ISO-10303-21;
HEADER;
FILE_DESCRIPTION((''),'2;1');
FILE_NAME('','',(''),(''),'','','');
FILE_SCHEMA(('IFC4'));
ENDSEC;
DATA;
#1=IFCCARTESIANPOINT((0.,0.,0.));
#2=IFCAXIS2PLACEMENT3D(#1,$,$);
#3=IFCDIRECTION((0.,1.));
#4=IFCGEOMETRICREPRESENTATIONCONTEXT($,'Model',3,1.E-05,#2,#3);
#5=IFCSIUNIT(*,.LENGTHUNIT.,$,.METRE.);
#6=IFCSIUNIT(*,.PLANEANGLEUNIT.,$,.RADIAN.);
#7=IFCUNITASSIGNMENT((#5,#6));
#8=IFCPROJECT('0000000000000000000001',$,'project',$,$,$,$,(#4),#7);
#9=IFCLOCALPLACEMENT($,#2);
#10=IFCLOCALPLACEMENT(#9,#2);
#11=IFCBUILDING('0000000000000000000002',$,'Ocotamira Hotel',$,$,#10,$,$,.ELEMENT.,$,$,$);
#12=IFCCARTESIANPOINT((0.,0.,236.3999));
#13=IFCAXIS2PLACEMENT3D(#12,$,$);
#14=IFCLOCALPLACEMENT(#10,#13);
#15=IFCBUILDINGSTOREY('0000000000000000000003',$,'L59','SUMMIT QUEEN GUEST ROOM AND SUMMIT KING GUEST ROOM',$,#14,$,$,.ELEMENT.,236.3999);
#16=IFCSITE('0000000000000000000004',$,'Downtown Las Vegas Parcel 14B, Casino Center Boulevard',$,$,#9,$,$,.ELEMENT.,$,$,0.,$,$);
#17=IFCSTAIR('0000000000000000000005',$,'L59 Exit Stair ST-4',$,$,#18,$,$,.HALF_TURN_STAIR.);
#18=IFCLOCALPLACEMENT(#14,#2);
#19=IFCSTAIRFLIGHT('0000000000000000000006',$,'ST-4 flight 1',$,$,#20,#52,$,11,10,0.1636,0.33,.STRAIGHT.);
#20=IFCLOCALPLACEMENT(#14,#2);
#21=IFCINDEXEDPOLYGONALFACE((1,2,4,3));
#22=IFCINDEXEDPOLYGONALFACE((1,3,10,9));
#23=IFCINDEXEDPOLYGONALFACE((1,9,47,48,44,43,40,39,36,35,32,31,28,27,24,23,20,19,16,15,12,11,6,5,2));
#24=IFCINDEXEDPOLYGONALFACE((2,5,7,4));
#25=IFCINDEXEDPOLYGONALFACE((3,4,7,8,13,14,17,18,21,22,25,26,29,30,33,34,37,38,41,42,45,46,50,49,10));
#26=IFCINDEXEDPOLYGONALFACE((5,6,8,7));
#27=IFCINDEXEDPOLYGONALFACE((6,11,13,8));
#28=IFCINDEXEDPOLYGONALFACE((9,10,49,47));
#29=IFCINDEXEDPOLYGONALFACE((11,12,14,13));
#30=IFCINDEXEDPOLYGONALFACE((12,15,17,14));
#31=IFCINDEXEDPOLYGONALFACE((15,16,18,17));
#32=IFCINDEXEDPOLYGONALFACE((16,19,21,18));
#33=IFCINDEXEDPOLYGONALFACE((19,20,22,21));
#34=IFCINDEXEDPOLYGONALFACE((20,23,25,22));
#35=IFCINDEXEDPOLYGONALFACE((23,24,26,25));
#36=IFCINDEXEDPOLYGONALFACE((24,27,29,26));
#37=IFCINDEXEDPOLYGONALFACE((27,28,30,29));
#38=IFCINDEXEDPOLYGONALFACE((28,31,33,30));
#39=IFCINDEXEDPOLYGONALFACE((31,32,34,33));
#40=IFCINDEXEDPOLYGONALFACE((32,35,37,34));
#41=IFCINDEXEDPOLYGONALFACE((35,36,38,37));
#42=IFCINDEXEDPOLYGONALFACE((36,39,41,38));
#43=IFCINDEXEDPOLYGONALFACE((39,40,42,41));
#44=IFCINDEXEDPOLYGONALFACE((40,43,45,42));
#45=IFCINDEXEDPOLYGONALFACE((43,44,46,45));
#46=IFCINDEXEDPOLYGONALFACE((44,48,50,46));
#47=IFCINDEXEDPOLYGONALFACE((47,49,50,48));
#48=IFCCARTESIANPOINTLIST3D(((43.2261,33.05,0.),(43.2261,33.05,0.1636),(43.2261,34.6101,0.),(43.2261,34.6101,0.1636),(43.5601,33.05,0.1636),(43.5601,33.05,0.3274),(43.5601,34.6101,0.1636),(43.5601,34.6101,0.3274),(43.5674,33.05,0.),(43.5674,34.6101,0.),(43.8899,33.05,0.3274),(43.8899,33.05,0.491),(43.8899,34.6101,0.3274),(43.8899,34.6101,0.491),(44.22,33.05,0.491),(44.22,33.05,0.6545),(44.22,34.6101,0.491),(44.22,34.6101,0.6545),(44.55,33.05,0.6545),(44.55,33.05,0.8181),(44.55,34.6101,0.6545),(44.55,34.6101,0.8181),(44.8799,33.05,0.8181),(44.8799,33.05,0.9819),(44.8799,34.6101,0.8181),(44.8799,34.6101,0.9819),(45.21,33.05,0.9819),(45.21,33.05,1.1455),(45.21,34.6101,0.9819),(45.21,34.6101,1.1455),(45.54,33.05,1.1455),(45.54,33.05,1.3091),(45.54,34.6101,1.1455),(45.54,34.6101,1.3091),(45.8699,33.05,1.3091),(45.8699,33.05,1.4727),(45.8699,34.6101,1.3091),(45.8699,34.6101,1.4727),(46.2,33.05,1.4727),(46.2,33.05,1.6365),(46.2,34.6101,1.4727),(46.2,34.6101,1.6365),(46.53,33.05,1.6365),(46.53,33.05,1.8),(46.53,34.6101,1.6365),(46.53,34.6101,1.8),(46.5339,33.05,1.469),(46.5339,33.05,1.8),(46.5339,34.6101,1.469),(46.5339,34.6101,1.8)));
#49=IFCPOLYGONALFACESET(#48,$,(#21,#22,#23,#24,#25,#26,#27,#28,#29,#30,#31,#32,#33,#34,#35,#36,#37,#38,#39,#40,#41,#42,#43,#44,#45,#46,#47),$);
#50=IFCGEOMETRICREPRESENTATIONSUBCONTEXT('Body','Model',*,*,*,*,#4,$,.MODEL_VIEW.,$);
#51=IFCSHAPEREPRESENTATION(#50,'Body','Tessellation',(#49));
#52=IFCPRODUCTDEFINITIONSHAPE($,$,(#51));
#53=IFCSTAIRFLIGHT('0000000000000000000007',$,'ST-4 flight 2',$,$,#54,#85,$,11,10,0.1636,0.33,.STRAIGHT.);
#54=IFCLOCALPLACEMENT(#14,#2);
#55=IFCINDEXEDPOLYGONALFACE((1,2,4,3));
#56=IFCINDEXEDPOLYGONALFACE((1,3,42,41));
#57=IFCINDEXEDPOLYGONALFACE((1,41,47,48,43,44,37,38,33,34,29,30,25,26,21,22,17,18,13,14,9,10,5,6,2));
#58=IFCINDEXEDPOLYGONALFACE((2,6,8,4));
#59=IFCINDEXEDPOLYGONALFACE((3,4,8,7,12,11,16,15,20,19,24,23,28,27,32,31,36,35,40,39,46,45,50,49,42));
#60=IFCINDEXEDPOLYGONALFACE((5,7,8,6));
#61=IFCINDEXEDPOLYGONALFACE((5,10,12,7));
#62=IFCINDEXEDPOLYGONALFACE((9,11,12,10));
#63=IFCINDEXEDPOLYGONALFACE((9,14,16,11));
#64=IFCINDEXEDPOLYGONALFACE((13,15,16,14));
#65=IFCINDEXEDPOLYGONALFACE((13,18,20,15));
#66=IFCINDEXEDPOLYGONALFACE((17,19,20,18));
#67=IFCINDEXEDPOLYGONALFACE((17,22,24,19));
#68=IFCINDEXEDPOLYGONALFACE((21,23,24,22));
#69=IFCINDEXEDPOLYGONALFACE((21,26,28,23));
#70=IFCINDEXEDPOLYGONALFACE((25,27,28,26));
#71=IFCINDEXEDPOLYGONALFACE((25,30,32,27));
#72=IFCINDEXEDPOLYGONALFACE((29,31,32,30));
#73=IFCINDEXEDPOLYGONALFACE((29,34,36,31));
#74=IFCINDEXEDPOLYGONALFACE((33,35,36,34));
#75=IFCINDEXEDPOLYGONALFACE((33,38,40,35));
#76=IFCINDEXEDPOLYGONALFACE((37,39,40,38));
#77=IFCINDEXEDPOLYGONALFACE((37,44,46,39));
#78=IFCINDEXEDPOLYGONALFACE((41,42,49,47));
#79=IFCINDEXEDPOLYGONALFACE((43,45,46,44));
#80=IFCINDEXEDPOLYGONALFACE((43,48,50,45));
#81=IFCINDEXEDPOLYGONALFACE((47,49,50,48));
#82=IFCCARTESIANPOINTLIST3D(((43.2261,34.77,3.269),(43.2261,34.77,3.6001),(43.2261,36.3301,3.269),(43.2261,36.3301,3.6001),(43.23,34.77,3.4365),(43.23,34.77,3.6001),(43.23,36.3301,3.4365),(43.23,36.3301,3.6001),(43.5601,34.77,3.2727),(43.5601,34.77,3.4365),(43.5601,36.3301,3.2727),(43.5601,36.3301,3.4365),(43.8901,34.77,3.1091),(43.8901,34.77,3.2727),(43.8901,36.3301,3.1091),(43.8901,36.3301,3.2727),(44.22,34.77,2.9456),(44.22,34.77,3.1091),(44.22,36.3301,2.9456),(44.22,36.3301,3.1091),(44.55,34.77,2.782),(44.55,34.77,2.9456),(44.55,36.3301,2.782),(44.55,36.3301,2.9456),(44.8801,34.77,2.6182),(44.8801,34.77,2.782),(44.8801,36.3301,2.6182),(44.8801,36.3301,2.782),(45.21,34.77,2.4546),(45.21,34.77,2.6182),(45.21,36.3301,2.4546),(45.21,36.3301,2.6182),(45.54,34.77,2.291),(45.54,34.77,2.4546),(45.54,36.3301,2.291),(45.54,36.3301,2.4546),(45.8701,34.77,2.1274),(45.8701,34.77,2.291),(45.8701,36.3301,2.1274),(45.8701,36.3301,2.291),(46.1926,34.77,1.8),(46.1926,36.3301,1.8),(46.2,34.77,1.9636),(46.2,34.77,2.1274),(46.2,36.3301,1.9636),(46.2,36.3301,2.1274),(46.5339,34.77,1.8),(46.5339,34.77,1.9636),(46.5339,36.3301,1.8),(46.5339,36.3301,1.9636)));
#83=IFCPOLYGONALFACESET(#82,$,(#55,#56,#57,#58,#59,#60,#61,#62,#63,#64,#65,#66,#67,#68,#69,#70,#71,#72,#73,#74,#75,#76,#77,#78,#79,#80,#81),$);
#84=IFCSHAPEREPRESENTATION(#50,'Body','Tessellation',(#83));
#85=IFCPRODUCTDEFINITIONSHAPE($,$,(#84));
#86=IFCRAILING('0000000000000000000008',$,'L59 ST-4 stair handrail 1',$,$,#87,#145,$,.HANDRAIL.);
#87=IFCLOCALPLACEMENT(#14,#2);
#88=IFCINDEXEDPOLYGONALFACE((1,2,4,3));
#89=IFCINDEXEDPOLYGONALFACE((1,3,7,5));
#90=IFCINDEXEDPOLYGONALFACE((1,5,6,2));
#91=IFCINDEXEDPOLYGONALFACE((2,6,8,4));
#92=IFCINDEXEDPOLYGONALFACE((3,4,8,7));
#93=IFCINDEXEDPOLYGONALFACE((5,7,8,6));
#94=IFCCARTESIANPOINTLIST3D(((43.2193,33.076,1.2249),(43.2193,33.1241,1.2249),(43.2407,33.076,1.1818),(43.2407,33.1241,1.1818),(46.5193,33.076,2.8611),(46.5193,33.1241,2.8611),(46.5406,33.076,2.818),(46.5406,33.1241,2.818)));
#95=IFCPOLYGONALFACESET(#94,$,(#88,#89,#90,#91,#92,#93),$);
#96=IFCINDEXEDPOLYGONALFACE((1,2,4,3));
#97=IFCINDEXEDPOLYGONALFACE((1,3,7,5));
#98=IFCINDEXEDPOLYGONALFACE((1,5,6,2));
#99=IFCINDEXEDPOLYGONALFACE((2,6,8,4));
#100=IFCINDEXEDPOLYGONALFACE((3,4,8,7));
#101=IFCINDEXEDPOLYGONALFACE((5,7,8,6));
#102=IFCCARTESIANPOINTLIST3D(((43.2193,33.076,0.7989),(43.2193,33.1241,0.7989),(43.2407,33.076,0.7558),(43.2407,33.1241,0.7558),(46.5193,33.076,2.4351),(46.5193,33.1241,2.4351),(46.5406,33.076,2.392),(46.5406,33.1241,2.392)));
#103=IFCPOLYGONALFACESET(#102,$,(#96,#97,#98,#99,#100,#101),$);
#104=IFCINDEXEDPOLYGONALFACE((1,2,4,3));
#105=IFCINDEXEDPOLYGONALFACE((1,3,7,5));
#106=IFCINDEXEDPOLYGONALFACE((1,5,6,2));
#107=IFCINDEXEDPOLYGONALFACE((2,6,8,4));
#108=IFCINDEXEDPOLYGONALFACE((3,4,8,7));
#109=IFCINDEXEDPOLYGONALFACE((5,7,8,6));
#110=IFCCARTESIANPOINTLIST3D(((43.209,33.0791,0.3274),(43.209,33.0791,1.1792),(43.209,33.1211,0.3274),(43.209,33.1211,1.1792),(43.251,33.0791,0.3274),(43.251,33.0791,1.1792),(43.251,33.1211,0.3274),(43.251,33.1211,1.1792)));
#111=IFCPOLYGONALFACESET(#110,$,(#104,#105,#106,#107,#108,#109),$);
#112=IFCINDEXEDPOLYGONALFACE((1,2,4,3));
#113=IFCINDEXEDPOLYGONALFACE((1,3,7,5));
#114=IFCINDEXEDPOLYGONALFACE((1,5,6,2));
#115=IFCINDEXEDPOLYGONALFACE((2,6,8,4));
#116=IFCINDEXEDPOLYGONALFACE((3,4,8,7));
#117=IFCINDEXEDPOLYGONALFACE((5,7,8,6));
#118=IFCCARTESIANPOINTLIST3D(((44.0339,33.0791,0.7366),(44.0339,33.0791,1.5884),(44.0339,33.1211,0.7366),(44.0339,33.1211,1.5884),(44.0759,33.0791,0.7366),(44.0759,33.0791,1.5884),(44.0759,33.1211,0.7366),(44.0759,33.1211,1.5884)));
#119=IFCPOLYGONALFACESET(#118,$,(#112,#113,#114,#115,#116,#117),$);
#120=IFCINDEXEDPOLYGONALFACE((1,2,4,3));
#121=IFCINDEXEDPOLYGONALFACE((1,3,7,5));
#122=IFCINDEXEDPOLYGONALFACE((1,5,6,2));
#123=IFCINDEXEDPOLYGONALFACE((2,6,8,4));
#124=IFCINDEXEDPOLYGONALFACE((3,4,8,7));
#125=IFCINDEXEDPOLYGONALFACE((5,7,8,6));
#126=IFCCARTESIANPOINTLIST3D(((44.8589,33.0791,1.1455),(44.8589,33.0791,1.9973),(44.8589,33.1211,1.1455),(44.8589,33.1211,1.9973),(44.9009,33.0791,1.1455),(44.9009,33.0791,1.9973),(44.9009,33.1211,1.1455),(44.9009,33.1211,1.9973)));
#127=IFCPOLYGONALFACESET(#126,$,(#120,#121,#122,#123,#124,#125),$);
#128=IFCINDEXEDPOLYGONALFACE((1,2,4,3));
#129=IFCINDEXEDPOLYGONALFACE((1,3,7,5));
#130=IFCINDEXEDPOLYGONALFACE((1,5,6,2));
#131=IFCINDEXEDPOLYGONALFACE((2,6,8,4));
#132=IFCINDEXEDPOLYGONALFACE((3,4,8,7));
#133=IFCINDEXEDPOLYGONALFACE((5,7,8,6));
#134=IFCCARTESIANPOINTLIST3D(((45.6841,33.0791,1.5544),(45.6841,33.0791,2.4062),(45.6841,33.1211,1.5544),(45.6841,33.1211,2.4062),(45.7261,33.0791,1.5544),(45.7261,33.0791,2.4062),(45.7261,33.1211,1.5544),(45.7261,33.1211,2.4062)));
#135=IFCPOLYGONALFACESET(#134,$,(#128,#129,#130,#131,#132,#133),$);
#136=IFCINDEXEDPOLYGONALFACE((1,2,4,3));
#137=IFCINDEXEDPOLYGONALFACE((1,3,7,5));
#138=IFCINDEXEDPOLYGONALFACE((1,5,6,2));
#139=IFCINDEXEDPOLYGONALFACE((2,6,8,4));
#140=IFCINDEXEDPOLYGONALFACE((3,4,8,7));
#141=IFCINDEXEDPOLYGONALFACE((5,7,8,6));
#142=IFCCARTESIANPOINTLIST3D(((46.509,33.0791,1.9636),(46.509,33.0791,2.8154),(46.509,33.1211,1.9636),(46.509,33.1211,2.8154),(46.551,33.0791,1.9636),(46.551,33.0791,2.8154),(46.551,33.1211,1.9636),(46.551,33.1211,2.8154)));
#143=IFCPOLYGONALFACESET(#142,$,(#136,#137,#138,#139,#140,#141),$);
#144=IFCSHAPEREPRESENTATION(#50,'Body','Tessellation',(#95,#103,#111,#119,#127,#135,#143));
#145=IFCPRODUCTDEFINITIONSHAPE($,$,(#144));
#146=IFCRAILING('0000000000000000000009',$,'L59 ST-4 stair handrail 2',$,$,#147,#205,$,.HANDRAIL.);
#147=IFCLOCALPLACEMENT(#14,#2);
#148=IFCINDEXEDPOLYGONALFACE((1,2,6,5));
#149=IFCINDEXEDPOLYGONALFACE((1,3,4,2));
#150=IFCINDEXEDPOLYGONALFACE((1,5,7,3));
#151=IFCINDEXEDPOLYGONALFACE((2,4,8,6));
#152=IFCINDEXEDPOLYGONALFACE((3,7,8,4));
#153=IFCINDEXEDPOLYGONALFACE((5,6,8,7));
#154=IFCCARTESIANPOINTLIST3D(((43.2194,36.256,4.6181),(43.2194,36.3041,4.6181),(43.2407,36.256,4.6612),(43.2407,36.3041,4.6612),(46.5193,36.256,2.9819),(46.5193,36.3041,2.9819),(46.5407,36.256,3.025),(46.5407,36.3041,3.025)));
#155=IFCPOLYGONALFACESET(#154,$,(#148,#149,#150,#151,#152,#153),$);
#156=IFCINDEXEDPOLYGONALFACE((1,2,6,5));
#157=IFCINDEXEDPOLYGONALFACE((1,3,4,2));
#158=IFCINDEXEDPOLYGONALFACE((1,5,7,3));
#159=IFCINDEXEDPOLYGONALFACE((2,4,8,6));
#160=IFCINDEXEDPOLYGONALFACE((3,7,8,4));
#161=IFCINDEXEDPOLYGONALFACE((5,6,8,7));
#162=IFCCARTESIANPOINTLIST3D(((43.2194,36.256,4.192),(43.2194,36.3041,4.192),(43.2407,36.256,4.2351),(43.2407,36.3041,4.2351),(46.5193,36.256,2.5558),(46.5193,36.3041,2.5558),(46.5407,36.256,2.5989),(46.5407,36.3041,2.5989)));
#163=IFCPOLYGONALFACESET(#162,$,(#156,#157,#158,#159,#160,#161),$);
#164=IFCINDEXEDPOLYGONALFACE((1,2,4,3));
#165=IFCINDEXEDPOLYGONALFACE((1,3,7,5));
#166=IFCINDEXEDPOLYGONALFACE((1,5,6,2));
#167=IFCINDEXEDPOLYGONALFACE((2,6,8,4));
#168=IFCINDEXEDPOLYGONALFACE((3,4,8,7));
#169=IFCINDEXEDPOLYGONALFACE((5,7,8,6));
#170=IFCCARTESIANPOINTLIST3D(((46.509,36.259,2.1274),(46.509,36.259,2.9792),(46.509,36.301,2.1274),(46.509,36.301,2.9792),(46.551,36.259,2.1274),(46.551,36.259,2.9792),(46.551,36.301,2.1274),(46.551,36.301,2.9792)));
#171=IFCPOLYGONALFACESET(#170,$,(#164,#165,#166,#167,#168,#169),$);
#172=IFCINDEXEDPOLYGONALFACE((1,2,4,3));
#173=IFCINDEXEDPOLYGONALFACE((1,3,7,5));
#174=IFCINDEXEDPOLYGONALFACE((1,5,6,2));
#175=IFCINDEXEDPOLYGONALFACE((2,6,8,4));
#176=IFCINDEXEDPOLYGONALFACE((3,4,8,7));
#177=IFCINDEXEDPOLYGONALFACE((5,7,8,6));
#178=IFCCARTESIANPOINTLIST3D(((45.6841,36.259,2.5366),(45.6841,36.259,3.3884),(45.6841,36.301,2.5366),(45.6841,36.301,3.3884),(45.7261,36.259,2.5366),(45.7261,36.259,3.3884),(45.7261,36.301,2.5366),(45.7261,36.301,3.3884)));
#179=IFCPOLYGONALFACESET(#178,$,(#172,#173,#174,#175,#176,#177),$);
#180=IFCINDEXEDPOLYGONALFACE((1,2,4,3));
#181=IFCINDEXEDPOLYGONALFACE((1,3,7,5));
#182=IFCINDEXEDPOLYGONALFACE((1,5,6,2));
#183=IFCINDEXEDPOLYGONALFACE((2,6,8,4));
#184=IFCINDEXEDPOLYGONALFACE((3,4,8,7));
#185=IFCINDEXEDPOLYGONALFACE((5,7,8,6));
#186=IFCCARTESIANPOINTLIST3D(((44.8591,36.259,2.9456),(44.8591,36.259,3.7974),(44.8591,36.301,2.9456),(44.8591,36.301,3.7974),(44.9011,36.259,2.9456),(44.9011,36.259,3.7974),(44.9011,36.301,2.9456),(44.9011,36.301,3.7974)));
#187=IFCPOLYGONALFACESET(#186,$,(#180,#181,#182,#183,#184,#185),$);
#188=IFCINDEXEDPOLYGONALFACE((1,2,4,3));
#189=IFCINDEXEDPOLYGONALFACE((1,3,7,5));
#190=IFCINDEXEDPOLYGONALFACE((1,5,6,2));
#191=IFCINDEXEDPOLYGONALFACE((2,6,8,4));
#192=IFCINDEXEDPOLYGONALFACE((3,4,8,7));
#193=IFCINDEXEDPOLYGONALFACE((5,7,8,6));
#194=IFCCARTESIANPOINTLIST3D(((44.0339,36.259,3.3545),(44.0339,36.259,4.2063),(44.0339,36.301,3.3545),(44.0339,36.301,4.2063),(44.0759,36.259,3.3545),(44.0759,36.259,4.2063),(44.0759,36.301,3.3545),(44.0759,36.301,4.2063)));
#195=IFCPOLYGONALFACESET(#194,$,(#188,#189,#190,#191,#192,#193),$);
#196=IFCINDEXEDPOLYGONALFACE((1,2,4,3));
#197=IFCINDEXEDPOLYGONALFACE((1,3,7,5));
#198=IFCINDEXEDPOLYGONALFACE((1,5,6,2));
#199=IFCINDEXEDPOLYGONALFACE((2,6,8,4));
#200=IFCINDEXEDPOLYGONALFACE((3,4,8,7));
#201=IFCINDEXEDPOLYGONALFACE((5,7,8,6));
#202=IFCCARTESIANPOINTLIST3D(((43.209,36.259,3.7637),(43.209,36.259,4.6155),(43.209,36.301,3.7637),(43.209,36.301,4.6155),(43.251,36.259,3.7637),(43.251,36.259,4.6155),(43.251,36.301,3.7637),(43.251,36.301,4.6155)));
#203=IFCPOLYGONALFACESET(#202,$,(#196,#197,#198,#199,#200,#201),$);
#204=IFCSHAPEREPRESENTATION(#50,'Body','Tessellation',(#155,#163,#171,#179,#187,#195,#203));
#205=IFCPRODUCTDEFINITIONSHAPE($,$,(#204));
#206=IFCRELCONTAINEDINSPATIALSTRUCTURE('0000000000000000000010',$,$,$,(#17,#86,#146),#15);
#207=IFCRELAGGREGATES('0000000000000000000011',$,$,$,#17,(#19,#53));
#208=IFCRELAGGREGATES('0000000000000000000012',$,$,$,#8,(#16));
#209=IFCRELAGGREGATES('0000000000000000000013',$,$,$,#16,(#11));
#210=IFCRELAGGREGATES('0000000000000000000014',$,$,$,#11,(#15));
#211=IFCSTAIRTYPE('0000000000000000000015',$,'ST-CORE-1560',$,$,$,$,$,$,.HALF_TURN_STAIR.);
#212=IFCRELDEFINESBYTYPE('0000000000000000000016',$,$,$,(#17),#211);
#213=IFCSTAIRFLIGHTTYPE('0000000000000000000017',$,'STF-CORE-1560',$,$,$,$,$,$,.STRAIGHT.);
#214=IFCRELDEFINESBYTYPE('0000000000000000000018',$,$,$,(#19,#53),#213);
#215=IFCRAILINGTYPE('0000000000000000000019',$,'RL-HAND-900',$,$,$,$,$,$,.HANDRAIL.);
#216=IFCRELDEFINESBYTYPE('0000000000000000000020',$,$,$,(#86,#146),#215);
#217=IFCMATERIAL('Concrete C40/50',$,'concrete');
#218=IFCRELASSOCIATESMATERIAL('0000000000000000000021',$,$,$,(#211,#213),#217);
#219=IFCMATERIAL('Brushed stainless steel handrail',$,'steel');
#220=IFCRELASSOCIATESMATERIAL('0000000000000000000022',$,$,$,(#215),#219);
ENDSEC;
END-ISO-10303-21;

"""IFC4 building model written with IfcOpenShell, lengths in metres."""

from ifc_helpers import new_model, si_unit, direction, frame, origin, origin_2d, place, context, subcontext, project, spatial, polyline, rectangle, outline, extrude, source, transform, mapped, material, type_object, element, aggregate, save


model = new_model("IFC4")

# Units and contexts
model_context = context("Model", 3, precision=1e-05, world=origin(), true_north=direction((0.0, 1.0)))
body_context = subcontext(model_context, "Body", "Model", "MODEL_VIEW")
ifc_project = project(units=[si_unit("LENGTHUNIT", "METRE"), si_unit("PLANEANGLEUNIT", "RADIAN")], contexts=[model_context])

# Site, building, storey
site_placement = place(None, origin())
site = spatial("IfcSite", under=ifc_project, at=site_placement, Name="Downtown Las Vegas Parcel 14B, Casino Center Boulevard", CompositionType="ELEMENT", RefElevation=0.0)
building_placement = place(site_placement, origin())
building = spatial("IfcBuilding", under=site, at=building_placement, Name="Ocotamira Hotel", CompositionType="ELEMENT")
storey_placement = place(building_placement, frame((0.0, 0.0, 236.3999)))
storey = spatial("IfcBuildingStorey", under=building, at=storey_placement, Name="L59", Description="SUMMIT QUEEN GUEST ROOM AND SUMMIT KING GUEST ROOM", CompositionType="ELEMENT", Elevation=236.3999)

# Stair, stair flights
ifc_material_1 = material(Name="Concrete C40/50", Category="concrete")
stair_type = type_object("IfcStairType", Name="ST-CORE-1560", PredefinedType="HALF_TURN_STAIR", material=ifc_material_1)
stair_placement = place(storey_placement, origin())
stair = element("IfcStair", 1, at=stair_placement, inside=storey, type_object=stair_type, Name="L59 Exit Stair ST-4", PredefinedType="HALF_TURN_STAIR")
stair_flight_type = type_object("IfcStairFlightType", Name="STF-CORE-1560", PredefinedType="STRAIGHT", material=ifc_material_1)
shared_shape_1 = source(origin(), body_context, "Body", "SweptSolid", [
    extrude(outline(polyline([(-0.0039, 0.0), (-0.0039, 0.1636), (0.3301, 0.1636), (0.3301, 0.3274), (0.6599, 0.3274), (0.6599, 0.491), (0.99, 0.491), (0.99, 0.6545), (1.3201, 0.6545), (1.3201, 0.8181), (1.6499, 0.8181), (1.6499, 0.9819), (1.98, 0.9819), (1.98, 1.1455), (2.3101, 1.1455), (2.3101, 1.3091), (2.6399, 1.3091), (2.6399, 1.4727), (2.97, 1.4727), (2.97, 1.6365), (3.3, 1.6365), (3.3, 1.8), (3.304, 1.8), (3.304, 1.469), (0.3374, 0.0), (-0.0039, 0.0)])), frame((0.0, 0.78, 0.0), z_axis=(0.0, -1.0, 0.0), x_axis=(1.0, 0.0, 0.0)), (0.0, 0.0, 1.0), 1.5601),
])
stair_flight_1_placement = place(storey_placement, frame((43.23, 33.8301, 0.0), z_axis=(0.0, 0.0, 1.0), x_axis=(1.0, 0.0, 0.0)))
stair_flight_1 = element("IfcStairFlight", 2, at=stair_flight_1_placement, type_object=stair_flight_type, Name="ST-4 flight 1", NumberOfRisers=11, NumberOfTreads=10, PredefinedType="STRAIGHT", RiserHeight=0.1636, TreadLength=0.33, context=body_context, shape_type="MappedRepresentation", body=[
    mapped(shared_shape_1, transform((0.0, 0.0, 0.0), scale=1.0)),
])
stair_flight_2_placement = place(storey_placement, frame((46.53, 35.55, 1.8), z_axis=(0.0, 0.0, 1.0), x_axis=(-1.0, 0.0, 0.0)))
stair_flight_2 = element("IfcStairFlight", 3, at=stair_flight_2_placement, type_object=stair_flight_type, Name="ST-4 flight 2", NumberOfRisers=11, NumberOfTreads=10, PredefinedType="STRAIGHT", RiserHeight=0.1636, TreadLength=0.33, context=body_context, shape_type="MappedRepresentation", body=[
    mapped(shared_shape_1, transform((0.0, 0.0, 0.0), scale=1.0)),
])
aggregate(stair, [stair_flight_1, stair_flight_2])

# Railings
ifc_material_2 = material(Name="Brushed stainless steel handrail", Category="steel")
railing_type_1 = type_object("IfcRailingType", Name="RL-HAND-900", PredefinedType="HANDRAIL", material=ifc_material_2)
railing_1_placement = place(storey_placement, frame((43.23, 33.1001, 0.3274)))
element("IfcRailing", 4, at=railing_1_placement, inside=storey, type_object=railing_type_1, Name="L59 ST-4 stair handrail 1", PredefinedType="HANDRAIL", context=body_context, shape_type="SweptSolid", body=[
    extrude(rectangle(XDim=0.0481, YDim=0.0481, at=origin_2d()), frame((0.0, 0.0, 0.876), z_axis=(0.89592, 0.0, 0.444215), x_axis=(0.0, 1.0, 0.0)), (0.0, 0.0, 1.0), 3.6833),
    extrude(rectangle(XDim=0.0481, YDim=0.0481, at=origin_2d()), frame((0.0, 0.0, 0.45), z_axis=(0.89592, 0.0, 0.444215), x_axis=(0.0, 1.0, 0.0)), (0.0, 0.0, 1.0), 3.6833),
    extrude(rectangle(XDim=0.042, YDim=0.042, at=origin_2d()), origin(), (0.0, 0.0, 1.0), 0.8518),
    extrude(rectangle(XDim=0.042, YDim=0.042, at=origin_2d()), frame((0.825, 0.0, 0.4092)), (0.0, 0.0, 1.0), 0.8518),
    extrude(rectangle(XDim=0.042, YDim=0.042, at=origin_2d()), frame((1.6499, 0.0, 0.8181)), (0.0, 0.0, 1.0), 0.8518),
    extrude(rectangle(XDim=0.042, YDim=0.042, at=origin_2d()), frame((2.4751, 0.0, 1.2271)), (0.0, 0.0, 1.0), 0.8518),
    extrude(rectangle(XDim=0.042, YDim=0.042, at=origin_2d()), frame((3.3, 0.0, 1.6362)), (0.0, 0.0, 1.0), 0.8518),
])
railing_2_placement = place(storey_placement, frame((46.53, 36.28, 2.1274)))
element("IfcRailing", 5, at=railing_2_placement, inside=storey, type_object=railing_type_1, Name="L59 ST-4 stair handrail 2", PredefinedType="HANDRAIL", context=body_context, shape_type="SweptSolid", body=[
    extrude(rectangle(XDim=0.0481, YDim=0.0481, at=origin_2d()), frame((0.0, 0.0, 0.876), z_axis=(-0.89592, 0.0, 0.444215), x_axis=(0.0, -1.0, 0.0)), (0.0, 0.0, 1.0), 3.6833),
    extrude(rectangle(XDim=0.0481, YDim=0.0481, at=origin_2d()), frame((0.0, 0.0, 0.45), z_axis=(-0.89592, 0.0, 0.444215), x_axis=(0.0, -1.0, 0.0)), (0.0, 0.0, 1.0), 3.6833),
    extrude(rectangle(XDim=0.042, YDim=0.042, at=origin_2d()), origin(), (0.0, 0.0, 1.0), 0.8518),
    extrude(rectangle(XDim=0.042, YDim=0.042, at=origin_2d()), frame((-0.825, 0.0, 0.4092)), (0.0, 0.0, 1.0), 0.8518),
    extrude(rectangle(XDim=0.042, YDim=0.042, at=origin_2d()), frame((-1.6499, 0.0, 0.8181)), (0.0, 0.0, 1.0), 0.8518),
    extrude(rectangle(XDim=0.042, YDim=0.042, at=origin_2d()), frame((-2.4751, 0.0, 1.2271)), (0.0, 0.0, 1.0), 0.8518),
    extrude(rectangle(XDim=0.042, YDim=0.042, at=origin_2d()), frame((-3.3, 0.0, 1.6362)), (0.0, 0.0, 1.0), 0.8518),
])

save(model, "model.ifc")
